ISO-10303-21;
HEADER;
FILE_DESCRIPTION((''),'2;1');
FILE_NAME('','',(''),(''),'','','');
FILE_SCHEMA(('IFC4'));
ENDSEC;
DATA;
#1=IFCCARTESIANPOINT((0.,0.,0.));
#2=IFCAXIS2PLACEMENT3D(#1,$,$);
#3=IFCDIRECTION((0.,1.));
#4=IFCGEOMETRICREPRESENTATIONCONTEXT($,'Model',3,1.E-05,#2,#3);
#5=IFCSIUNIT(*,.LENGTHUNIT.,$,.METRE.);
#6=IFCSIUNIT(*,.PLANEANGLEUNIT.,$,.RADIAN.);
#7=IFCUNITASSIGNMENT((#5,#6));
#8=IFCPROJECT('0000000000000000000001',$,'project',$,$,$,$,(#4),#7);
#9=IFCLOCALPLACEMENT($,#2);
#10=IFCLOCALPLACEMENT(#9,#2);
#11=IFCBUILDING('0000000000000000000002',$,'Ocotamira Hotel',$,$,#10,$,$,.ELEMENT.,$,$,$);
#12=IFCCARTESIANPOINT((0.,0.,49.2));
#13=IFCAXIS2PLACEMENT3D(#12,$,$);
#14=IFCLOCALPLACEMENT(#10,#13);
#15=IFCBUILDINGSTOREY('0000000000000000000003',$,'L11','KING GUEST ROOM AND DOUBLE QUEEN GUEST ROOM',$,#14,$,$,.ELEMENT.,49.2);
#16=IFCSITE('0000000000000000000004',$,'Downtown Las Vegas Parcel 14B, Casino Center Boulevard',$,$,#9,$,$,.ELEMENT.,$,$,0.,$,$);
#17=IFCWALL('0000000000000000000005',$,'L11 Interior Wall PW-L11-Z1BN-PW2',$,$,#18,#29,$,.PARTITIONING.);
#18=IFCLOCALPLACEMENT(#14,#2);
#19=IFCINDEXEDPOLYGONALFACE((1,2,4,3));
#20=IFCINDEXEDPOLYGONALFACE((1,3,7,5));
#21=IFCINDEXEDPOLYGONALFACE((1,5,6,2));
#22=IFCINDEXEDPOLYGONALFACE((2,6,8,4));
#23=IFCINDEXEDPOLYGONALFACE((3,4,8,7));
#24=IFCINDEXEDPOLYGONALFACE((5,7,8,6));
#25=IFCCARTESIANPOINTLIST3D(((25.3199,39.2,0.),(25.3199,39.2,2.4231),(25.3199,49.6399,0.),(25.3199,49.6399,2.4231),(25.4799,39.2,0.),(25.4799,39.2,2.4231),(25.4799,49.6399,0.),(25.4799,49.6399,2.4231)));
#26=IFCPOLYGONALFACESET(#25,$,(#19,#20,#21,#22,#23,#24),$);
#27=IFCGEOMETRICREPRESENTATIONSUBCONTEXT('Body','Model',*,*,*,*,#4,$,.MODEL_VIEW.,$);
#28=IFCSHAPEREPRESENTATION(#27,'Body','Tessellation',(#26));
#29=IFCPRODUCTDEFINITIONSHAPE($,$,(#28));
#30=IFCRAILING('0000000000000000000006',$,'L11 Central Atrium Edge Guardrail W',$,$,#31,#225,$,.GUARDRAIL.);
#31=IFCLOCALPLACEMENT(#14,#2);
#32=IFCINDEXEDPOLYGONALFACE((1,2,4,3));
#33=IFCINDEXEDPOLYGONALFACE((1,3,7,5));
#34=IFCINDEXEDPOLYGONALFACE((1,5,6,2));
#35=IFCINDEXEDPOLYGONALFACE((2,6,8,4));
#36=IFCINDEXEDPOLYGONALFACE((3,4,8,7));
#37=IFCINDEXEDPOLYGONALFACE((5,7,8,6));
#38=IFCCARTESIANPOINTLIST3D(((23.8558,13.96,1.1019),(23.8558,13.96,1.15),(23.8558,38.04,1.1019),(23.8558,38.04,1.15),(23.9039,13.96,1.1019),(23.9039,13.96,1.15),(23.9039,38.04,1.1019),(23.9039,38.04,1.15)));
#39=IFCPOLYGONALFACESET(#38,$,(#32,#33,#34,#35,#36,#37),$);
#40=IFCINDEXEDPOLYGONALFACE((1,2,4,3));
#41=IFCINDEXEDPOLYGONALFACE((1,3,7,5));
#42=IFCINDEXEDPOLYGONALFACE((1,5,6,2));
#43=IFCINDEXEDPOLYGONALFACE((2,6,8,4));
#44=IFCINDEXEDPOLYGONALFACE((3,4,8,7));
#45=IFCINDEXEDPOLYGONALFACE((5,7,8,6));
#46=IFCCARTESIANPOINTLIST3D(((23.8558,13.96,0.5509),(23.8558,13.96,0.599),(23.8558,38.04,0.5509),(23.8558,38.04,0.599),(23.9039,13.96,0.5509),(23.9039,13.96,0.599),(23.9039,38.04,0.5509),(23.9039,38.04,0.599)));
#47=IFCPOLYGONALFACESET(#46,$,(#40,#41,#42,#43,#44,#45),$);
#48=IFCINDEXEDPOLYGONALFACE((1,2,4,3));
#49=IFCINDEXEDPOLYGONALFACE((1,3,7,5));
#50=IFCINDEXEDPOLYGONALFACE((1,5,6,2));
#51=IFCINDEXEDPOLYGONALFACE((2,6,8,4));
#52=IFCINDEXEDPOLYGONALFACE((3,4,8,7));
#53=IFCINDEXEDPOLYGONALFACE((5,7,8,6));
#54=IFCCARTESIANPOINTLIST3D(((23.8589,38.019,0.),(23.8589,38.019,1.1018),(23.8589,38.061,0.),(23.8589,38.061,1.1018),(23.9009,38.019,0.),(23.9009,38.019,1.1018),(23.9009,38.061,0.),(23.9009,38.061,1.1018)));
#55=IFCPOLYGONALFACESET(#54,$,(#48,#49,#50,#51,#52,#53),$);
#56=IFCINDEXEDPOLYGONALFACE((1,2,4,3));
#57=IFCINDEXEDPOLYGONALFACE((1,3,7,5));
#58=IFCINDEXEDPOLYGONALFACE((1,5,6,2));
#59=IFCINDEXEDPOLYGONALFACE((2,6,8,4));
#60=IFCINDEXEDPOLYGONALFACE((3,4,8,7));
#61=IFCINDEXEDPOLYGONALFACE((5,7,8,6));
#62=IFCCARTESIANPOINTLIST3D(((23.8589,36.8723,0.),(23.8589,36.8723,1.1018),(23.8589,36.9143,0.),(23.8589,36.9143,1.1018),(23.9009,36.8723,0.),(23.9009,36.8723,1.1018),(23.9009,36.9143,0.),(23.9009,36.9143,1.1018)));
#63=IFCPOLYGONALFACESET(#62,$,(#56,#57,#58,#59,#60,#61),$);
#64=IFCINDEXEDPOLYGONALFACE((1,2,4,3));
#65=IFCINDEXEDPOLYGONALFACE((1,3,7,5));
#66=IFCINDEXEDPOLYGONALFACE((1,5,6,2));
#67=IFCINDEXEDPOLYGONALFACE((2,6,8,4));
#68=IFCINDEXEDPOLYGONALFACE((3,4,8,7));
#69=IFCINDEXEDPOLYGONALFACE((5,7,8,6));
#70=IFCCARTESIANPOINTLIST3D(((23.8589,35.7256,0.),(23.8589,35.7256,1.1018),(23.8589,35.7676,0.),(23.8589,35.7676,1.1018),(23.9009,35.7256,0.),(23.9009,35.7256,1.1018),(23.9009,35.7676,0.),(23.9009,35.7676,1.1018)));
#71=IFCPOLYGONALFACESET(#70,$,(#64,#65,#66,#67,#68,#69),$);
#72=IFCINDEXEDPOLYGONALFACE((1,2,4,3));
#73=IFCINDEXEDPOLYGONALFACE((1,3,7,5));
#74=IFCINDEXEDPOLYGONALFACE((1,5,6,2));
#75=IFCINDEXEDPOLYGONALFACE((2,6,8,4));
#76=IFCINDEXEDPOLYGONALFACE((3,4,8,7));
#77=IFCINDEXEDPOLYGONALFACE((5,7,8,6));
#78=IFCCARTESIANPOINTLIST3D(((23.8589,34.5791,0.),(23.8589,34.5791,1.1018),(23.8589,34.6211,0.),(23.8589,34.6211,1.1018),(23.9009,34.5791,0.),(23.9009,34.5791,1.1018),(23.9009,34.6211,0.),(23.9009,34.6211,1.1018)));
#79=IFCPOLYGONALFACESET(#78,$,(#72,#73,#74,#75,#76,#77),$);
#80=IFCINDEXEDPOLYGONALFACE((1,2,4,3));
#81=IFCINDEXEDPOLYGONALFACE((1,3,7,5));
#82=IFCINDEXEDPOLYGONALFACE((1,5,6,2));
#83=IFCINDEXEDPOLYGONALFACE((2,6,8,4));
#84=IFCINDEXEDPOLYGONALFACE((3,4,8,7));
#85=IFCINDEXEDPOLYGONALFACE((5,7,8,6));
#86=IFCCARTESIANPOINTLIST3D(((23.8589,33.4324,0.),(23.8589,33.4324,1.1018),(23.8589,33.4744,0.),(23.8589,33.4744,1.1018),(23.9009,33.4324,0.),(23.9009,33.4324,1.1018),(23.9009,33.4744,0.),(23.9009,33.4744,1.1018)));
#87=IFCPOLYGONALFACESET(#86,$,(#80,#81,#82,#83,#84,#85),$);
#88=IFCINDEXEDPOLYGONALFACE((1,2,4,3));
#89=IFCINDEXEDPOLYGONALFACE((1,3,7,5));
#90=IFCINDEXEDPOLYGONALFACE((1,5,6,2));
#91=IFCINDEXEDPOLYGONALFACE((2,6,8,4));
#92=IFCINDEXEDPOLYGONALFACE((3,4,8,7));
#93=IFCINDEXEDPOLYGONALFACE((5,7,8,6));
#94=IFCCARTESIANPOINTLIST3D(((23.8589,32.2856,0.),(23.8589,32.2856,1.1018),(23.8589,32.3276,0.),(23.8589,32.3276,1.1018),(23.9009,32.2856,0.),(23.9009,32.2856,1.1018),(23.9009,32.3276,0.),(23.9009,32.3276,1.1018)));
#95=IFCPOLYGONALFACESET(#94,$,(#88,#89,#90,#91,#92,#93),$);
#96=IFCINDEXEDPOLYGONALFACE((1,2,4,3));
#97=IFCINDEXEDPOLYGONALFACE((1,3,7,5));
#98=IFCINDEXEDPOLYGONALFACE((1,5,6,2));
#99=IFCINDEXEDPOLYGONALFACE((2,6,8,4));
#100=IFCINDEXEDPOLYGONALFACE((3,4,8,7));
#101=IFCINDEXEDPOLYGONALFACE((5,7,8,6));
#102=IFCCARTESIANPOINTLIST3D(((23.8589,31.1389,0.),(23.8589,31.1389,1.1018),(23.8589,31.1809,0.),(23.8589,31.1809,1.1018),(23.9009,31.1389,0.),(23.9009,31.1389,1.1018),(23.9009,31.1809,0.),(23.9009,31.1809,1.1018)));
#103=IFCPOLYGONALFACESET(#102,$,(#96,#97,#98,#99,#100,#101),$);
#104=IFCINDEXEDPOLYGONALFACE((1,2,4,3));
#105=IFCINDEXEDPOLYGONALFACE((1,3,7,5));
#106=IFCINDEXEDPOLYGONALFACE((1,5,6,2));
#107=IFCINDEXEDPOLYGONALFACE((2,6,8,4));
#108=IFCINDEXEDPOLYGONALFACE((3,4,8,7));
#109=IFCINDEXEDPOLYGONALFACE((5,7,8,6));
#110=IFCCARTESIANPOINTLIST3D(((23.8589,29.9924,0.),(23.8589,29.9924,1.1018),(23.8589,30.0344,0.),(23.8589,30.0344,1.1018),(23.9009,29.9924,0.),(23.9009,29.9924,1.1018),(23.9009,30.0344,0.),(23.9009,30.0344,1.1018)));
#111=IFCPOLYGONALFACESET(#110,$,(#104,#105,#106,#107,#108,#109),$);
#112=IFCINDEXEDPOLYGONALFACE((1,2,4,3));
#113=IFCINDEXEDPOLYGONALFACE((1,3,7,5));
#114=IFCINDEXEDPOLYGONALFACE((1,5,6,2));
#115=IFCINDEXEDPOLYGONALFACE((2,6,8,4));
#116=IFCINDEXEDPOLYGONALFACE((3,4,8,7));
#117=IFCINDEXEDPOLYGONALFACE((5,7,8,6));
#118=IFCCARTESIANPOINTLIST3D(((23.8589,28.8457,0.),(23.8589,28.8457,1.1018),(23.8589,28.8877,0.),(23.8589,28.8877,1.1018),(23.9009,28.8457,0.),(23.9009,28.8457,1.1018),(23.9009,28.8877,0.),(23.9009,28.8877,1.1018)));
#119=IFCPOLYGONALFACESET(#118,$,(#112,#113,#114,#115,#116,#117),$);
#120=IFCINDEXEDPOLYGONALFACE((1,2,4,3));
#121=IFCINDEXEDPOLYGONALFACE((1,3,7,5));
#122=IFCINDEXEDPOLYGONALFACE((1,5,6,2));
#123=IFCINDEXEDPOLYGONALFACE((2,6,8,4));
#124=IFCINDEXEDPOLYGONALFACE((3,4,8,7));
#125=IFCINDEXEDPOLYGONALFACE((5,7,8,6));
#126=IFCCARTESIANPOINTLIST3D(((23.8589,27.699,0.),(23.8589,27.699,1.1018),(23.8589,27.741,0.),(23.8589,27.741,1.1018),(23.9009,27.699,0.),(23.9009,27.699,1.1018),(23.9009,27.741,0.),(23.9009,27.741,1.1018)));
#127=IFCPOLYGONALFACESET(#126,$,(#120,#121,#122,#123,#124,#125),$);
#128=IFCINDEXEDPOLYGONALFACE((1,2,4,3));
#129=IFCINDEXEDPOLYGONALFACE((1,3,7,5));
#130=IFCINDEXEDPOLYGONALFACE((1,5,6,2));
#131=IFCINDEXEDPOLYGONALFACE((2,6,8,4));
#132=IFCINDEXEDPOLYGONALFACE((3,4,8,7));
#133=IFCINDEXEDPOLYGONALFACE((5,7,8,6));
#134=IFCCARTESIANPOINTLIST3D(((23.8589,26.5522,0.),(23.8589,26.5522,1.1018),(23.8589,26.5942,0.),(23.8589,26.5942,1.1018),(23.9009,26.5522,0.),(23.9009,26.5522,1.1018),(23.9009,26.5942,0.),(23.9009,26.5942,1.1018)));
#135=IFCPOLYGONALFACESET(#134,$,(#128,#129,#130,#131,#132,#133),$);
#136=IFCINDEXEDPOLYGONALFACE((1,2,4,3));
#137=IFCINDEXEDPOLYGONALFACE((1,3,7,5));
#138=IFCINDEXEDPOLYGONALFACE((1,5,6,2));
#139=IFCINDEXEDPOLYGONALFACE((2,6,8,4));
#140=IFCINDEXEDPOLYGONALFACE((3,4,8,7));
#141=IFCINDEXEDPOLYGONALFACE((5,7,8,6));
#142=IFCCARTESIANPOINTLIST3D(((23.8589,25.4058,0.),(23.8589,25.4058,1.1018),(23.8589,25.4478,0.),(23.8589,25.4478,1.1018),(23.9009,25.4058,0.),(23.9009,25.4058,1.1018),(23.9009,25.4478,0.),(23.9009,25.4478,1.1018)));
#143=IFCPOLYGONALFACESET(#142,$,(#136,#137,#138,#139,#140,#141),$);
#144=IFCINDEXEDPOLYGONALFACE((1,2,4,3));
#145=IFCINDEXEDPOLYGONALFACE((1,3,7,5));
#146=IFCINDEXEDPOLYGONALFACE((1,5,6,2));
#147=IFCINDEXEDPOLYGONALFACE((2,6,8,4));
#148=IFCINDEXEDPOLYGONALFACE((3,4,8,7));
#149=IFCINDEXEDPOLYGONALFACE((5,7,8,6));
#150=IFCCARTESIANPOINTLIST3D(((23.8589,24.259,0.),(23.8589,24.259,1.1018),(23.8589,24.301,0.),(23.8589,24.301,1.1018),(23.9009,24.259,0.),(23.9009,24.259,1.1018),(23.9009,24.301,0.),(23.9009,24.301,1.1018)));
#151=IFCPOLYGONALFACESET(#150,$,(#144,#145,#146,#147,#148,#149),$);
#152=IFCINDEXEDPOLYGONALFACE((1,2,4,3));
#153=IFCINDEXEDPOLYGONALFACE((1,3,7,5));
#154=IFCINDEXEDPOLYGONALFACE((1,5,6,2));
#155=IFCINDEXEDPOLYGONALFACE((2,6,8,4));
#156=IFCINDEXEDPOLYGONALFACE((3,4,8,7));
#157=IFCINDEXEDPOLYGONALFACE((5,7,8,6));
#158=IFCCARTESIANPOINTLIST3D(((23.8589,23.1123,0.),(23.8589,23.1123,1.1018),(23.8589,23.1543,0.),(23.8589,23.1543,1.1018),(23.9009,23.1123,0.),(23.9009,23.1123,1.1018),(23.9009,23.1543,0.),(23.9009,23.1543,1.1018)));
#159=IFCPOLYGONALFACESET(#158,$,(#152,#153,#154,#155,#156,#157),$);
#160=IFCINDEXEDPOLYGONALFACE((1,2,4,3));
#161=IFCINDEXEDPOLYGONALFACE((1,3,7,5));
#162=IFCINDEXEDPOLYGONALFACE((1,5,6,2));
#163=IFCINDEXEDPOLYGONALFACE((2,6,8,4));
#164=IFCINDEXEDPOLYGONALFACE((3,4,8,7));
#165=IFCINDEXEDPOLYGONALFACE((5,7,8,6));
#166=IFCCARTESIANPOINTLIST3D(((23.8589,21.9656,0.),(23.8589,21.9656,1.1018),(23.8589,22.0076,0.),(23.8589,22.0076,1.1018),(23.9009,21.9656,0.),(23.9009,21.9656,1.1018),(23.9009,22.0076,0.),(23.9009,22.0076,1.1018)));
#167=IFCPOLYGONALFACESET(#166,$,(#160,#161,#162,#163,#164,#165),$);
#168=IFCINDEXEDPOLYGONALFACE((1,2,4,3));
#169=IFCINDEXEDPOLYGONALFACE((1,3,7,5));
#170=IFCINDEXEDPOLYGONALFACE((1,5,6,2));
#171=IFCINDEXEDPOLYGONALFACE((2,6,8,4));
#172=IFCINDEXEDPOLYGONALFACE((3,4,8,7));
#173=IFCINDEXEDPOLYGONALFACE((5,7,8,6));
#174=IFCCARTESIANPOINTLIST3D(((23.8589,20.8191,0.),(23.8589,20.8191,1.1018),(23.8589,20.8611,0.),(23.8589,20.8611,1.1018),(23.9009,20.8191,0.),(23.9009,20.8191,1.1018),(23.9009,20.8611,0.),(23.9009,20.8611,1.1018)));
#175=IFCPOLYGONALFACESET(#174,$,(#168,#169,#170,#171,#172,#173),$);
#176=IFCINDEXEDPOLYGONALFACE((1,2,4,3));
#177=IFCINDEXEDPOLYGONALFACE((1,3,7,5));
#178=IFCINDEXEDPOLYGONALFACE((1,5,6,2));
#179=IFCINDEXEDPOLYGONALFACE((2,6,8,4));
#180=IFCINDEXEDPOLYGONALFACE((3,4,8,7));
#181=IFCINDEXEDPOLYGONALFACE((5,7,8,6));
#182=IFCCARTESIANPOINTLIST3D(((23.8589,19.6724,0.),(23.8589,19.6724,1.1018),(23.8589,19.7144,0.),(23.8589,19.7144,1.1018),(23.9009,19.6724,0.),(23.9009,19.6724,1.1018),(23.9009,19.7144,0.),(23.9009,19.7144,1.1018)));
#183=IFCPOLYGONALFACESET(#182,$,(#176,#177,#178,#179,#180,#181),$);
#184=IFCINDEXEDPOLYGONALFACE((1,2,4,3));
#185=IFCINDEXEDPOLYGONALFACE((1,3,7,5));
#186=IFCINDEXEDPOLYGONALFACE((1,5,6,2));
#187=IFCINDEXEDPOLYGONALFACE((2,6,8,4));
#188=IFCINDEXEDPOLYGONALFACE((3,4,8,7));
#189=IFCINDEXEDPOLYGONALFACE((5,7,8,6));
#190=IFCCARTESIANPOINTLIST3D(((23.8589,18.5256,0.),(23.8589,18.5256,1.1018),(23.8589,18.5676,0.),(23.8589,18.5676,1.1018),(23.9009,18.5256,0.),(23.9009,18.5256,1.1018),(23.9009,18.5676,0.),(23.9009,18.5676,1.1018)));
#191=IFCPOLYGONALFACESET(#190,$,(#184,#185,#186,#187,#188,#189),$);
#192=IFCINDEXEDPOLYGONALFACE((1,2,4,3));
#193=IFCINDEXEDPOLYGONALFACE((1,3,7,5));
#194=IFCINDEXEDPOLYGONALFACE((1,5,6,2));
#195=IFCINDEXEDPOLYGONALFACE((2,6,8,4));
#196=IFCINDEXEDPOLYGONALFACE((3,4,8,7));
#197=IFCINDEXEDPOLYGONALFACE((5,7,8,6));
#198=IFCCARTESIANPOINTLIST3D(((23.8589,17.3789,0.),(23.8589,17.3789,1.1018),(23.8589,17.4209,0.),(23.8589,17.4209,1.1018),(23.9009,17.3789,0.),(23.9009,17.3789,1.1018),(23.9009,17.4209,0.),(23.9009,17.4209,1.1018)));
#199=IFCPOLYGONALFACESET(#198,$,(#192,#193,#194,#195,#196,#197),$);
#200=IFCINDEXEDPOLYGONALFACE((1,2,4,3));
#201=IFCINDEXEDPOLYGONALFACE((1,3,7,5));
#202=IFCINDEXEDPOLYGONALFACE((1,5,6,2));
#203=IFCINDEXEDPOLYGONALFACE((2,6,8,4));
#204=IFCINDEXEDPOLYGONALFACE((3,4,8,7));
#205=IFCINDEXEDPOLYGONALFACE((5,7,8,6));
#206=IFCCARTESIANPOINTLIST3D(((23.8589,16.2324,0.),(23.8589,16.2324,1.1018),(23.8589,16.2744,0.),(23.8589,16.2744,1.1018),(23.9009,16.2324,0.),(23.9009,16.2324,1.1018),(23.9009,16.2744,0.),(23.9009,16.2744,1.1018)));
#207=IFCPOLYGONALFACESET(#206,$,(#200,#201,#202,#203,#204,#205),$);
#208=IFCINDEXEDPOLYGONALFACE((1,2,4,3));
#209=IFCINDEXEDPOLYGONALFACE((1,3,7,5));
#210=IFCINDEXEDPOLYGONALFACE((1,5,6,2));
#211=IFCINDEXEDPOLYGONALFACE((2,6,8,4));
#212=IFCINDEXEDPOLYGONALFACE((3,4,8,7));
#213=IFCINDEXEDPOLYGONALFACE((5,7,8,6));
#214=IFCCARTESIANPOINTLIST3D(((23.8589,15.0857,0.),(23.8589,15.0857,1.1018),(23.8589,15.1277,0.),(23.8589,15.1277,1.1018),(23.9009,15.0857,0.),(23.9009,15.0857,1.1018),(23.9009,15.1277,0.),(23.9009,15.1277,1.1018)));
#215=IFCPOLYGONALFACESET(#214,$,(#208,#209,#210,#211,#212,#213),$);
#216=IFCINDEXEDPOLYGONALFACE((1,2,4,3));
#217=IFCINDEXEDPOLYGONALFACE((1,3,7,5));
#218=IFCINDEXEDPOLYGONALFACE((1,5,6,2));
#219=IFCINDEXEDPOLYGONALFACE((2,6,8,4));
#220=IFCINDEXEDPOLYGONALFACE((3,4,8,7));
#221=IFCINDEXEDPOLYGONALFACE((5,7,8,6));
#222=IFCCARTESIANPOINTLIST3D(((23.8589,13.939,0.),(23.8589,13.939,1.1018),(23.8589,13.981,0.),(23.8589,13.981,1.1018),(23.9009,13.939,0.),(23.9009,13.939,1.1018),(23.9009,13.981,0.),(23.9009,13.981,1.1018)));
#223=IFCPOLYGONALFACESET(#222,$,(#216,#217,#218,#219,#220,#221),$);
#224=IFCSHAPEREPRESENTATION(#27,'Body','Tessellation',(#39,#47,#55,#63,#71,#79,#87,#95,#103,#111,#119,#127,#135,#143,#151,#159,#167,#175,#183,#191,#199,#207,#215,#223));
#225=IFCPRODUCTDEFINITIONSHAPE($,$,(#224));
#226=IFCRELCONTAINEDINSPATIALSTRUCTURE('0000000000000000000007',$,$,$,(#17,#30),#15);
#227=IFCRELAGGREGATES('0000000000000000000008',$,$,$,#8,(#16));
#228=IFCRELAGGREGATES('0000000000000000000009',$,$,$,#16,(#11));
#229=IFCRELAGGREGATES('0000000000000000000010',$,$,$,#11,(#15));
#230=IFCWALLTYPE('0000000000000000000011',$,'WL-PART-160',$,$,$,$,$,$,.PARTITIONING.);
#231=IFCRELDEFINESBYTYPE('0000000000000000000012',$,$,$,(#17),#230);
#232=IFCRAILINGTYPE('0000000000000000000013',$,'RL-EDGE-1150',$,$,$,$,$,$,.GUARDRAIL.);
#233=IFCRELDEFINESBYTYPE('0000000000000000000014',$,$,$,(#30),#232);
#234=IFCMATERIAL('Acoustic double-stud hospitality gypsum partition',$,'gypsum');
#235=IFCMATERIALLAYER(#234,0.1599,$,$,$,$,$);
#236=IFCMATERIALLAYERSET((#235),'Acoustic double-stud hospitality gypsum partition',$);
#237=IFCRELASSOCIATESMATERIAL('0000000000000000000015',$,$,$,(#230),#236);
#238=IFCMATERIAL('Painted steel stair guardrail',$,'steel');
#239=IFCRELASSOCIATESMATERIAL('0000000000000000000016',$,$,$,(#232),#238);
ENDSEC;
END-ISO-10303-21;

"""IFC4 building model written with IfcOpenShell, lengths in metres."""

from ifc_helpers import new_model, si_unit, direction, frame, frame_2d, origin, origin_2d, place, context, subcontext, project, spatial, rectangle, extrude, material, layer, layer_set, type_object, element, save


model = new_model("IFC4")

# Units and contexts
model_context = context("Model", 3, precision=1e-05, world=origin(), true_north=direction((0.0, 1.0)))
body_context = subcontext(model_context, "Body", "Model", "MODEL_VIEW")
ifc_project = project(units=[si_unit("LENGTHUNIT", "METRE"), si_unit("PLANEANGLEUNIT", "RADIAN")], contexts=[model_context])

# Site, building, storey
site_placement = place(None, origin())
site = spatial("IfcSite", under=ifc_project, at=site_placement, Name="Downtown Las Vegas Parcel 14B, Casino Center Boulevard", CompositionType="ELEMENT", RefElevation=0.0)
building_placement = place(site_placement, origin())
building = spatial("IfcBuilding", under=site, at=building_placement, Name="Ocotamira Hotel", CompositionType="ELEMENT")
storey_placement = place(building_placement, frame((0.0, 0.0, 49.2)))
storey = spatial("IfcBuildingStorey", under=building, at=storey_placement, Name="L11", Description="KING GUEST ROOM AND DOUBLE QUEEN GUEST ROOM", CompositionType="ELEMENT", Elevation=49.2)

# Wall
ifc_material_1 = material(Name="Acoustic double-stud hospitality gypsum partition", Category="gypsum")
ifc_layer_1 = layer(ifc_material_1, 0.1599)
ifc_layer_set_1 = layer_set([ifc_layer_1], Name="Acoustic double-stud hospitality gypsum partition")
wall_type_1 = type_object("IfcWallType", Name="WL-PART-160", PredefinedType="PARTITIONING", material=ifc_layer_set_1)
wall_1_placement = place(storey_placement, frame((25.3999, 39.2, 0.0), z_axis=(0.0, 0.0, 1.0), x_axis=(0.0, 1.0, 0.0)))
element("IfcWall", 1, at=wall_1_placement, inside=storey, type_object=wall_type_1, Name="L11 Interior Wall PW-L11-Z1BN-PW2", PredefinedType="PARTITIONING", context=body_context, shape_type="SweptSolid", body=[
    extrude(rectangle(XDim=10.4399, YDim=0.1599, at=frame_2d((5.22, 0.0))), origin(), (0.0, 0.0, 1.0), 2.4231),
])

# Railing
ifc_material_2 = material(Name="Painted steel stair guardrail", Category="steel")
railing_type = type_object("IfcRailingType", Name="RL-EDGE-1150", PredefinedType="GUARDRAIL", material=ifc_material_2)
railing_placement = place(storey_placement, frame((23.8799, 38.04, 0.0)))
element("IfcRailing", 2, at=railing_placement, inside=storey, type_object=railing_type, Name="L11 Central Atrium Edge Guardrail W", PredefinedType="GUARDRAIL", context=body_context, shape_type="SweptSolid", body=[
    extrude(rectangle(XDim=0.0481, YDim=0.0481, at=origin_2d()), frame((0.0, 0.0, 1.126), z_axis=(0.0, -1.0, 0.0), x_axis=(1.0, 0.0, 0.0)), (0.0, 0.0, 1.0), 24.0801),
    extrude(rectangle(XDim=0.0481, YDim=0.0481, at=origin_2d()), frame((0.0, 0.0, 0.575), z_axis=(0.0, -1.0, 0.0), x_axis=(1.0, 0.0, 0.0)), (0.0, 0.0, 1.0), 24.0801),
    extrude(rectangle(XDim=0.042, YDim=0.042, at=origin_2d()), origin(), (0.0, 0.0, 1.0), 1.1018),
    extrude(rectangle(XDim=0.042, YDim=0.042, at=origin_2d()), frame((0.0, -1.1467, 0.0)), (0.0, 0.0, 1.0), 1.1018),
    extrude(rectangle(XDim=0.042, YDim=0.042, at=origin_2d()), frame((0.0, -2.2935, 0.0)), (0.0, 0.0, 1.0), 1.1018),
    extrude(rectangle(XDim=0.042, YDim=0.042, at=origin_2d()), frame((0.0, -3.4399, 0.0)), (0.0, 0.0, 1.0), 1.1018),
    extrude(rectangle(XDim=0.042, YDim=0.042, at=origin_2d()), frame((0.0, -4.5867, 0.0)), (0.0, 0.0, 1.0), 1.1018),
    extrude(rectangle(XDim=0.042, YDim=0.042, at=origin_2d()), frame((0.0, -5.7334, 0.0)), (0.0, 0.0, 1.0), 1.1018),
    extrude(rectangle(XDim=0.042, YDim=0.042, at=origin_2d()), frame((0.0, -6.8801, 0.0)), (0.0, 0.0, 1.0), 1.1018),
    extrude(rectangle(XDim=0.042, YDim=0.042, at=origin_2d()), frame((0.0, -8.0266, 0.0)), (0.0, 0.0, 1.0), 1.1018),
    extrude(rectangle(XDim=0.042, YDim=0.042, at=origin_2d()), frame((0.0, -9.1733, 0.0)), (0.0, 0.0, 1.0), 1.1018),
    extrude(rectangle(XDim=0.042, YDim=0.042, at=origin_2d()), frame((0.0, -10.3201, 0.0)), (0.0, 0.0, 1.0), 1.1018),
    extrude(rectangle(XDim=0.042, YDim=0.042, at=origin_2d()), frame((0.0, -11.4668, 0.0)), (0.0, 0.0, 1.0), 1.1018),
    extrude(rectangle(XDim=0.042, YDim=0.042, at=origin_2d()), frame((0.0, -12.6133, 0.0)), (0.0, 0.0, 1.0), 1.1018),
    extrude(rectangle(XDim=0.042, YDim=0.042, at=origin_2d()), frame((0.0, -13.76, 0.0)), (0.0, 0.0, 1.0), 1.1018),
    extrude(rectangle(XDim=0.042, YDim=0.042, at=origin_2d()), frame((0.0, -14.9067, 0.0)), (0.0, 0.0, 1.0), 1.1018),
    extrude(rectangle(XDim=0.042, YDim=0.042, at=origin_2d()), frame((0.0, -16.0535, 0.0)), (0.0, 0.0, 1.0), 1.1018),
    extrude(rectangle(XDim=0.042, YDim=0.042, at=origin_2d()), frame((0.0, -17.2, 0.0)), (0.0, 0.0, 1.0), 1.1018),
    extrude(rectangle(XDim=0.042, YDim=0.042, at=origin_2d()), frame((0.0, -18.3467, 0.0)), (0.0, 0.0, 1.0), 1.1018),
    extrude(rectangle(XDim=0.042, YDim=0.042, at=origin_2d()), frame((0.0, -19.4934, 0.0)), (0.0, 0.0, 1.0), 1.1018),
    extrude(rectangle(XDim=0.042, YDim=0.042, at=origin_2d()), frame((0.0, -20.6401, 0.0)), (0.0, 0.0, 1.0), 1.1018),
    extrude(rectangle(XDim=0.042, YDim=0.042, at=origin_2d()), frame((0.0, -21.7866, 0.0)), (0.0, 0.0, 1.0), 1.1018),
    extrude(rectangle(XDim=0.042, YDim=0.042, at=origin_2d()), frame((0.0, -22.9333, 0.0)), (0.0, 0.0, 1.0), 1.1018),
    extrude(rectangle(XDim=0.042, YDim=0.042, at=origin_2d()), frame((0.0, -24.0801, 0.0)), (0.0, 0.0, 1.0), 1.1018),
])

save(model, "model.ifc")
